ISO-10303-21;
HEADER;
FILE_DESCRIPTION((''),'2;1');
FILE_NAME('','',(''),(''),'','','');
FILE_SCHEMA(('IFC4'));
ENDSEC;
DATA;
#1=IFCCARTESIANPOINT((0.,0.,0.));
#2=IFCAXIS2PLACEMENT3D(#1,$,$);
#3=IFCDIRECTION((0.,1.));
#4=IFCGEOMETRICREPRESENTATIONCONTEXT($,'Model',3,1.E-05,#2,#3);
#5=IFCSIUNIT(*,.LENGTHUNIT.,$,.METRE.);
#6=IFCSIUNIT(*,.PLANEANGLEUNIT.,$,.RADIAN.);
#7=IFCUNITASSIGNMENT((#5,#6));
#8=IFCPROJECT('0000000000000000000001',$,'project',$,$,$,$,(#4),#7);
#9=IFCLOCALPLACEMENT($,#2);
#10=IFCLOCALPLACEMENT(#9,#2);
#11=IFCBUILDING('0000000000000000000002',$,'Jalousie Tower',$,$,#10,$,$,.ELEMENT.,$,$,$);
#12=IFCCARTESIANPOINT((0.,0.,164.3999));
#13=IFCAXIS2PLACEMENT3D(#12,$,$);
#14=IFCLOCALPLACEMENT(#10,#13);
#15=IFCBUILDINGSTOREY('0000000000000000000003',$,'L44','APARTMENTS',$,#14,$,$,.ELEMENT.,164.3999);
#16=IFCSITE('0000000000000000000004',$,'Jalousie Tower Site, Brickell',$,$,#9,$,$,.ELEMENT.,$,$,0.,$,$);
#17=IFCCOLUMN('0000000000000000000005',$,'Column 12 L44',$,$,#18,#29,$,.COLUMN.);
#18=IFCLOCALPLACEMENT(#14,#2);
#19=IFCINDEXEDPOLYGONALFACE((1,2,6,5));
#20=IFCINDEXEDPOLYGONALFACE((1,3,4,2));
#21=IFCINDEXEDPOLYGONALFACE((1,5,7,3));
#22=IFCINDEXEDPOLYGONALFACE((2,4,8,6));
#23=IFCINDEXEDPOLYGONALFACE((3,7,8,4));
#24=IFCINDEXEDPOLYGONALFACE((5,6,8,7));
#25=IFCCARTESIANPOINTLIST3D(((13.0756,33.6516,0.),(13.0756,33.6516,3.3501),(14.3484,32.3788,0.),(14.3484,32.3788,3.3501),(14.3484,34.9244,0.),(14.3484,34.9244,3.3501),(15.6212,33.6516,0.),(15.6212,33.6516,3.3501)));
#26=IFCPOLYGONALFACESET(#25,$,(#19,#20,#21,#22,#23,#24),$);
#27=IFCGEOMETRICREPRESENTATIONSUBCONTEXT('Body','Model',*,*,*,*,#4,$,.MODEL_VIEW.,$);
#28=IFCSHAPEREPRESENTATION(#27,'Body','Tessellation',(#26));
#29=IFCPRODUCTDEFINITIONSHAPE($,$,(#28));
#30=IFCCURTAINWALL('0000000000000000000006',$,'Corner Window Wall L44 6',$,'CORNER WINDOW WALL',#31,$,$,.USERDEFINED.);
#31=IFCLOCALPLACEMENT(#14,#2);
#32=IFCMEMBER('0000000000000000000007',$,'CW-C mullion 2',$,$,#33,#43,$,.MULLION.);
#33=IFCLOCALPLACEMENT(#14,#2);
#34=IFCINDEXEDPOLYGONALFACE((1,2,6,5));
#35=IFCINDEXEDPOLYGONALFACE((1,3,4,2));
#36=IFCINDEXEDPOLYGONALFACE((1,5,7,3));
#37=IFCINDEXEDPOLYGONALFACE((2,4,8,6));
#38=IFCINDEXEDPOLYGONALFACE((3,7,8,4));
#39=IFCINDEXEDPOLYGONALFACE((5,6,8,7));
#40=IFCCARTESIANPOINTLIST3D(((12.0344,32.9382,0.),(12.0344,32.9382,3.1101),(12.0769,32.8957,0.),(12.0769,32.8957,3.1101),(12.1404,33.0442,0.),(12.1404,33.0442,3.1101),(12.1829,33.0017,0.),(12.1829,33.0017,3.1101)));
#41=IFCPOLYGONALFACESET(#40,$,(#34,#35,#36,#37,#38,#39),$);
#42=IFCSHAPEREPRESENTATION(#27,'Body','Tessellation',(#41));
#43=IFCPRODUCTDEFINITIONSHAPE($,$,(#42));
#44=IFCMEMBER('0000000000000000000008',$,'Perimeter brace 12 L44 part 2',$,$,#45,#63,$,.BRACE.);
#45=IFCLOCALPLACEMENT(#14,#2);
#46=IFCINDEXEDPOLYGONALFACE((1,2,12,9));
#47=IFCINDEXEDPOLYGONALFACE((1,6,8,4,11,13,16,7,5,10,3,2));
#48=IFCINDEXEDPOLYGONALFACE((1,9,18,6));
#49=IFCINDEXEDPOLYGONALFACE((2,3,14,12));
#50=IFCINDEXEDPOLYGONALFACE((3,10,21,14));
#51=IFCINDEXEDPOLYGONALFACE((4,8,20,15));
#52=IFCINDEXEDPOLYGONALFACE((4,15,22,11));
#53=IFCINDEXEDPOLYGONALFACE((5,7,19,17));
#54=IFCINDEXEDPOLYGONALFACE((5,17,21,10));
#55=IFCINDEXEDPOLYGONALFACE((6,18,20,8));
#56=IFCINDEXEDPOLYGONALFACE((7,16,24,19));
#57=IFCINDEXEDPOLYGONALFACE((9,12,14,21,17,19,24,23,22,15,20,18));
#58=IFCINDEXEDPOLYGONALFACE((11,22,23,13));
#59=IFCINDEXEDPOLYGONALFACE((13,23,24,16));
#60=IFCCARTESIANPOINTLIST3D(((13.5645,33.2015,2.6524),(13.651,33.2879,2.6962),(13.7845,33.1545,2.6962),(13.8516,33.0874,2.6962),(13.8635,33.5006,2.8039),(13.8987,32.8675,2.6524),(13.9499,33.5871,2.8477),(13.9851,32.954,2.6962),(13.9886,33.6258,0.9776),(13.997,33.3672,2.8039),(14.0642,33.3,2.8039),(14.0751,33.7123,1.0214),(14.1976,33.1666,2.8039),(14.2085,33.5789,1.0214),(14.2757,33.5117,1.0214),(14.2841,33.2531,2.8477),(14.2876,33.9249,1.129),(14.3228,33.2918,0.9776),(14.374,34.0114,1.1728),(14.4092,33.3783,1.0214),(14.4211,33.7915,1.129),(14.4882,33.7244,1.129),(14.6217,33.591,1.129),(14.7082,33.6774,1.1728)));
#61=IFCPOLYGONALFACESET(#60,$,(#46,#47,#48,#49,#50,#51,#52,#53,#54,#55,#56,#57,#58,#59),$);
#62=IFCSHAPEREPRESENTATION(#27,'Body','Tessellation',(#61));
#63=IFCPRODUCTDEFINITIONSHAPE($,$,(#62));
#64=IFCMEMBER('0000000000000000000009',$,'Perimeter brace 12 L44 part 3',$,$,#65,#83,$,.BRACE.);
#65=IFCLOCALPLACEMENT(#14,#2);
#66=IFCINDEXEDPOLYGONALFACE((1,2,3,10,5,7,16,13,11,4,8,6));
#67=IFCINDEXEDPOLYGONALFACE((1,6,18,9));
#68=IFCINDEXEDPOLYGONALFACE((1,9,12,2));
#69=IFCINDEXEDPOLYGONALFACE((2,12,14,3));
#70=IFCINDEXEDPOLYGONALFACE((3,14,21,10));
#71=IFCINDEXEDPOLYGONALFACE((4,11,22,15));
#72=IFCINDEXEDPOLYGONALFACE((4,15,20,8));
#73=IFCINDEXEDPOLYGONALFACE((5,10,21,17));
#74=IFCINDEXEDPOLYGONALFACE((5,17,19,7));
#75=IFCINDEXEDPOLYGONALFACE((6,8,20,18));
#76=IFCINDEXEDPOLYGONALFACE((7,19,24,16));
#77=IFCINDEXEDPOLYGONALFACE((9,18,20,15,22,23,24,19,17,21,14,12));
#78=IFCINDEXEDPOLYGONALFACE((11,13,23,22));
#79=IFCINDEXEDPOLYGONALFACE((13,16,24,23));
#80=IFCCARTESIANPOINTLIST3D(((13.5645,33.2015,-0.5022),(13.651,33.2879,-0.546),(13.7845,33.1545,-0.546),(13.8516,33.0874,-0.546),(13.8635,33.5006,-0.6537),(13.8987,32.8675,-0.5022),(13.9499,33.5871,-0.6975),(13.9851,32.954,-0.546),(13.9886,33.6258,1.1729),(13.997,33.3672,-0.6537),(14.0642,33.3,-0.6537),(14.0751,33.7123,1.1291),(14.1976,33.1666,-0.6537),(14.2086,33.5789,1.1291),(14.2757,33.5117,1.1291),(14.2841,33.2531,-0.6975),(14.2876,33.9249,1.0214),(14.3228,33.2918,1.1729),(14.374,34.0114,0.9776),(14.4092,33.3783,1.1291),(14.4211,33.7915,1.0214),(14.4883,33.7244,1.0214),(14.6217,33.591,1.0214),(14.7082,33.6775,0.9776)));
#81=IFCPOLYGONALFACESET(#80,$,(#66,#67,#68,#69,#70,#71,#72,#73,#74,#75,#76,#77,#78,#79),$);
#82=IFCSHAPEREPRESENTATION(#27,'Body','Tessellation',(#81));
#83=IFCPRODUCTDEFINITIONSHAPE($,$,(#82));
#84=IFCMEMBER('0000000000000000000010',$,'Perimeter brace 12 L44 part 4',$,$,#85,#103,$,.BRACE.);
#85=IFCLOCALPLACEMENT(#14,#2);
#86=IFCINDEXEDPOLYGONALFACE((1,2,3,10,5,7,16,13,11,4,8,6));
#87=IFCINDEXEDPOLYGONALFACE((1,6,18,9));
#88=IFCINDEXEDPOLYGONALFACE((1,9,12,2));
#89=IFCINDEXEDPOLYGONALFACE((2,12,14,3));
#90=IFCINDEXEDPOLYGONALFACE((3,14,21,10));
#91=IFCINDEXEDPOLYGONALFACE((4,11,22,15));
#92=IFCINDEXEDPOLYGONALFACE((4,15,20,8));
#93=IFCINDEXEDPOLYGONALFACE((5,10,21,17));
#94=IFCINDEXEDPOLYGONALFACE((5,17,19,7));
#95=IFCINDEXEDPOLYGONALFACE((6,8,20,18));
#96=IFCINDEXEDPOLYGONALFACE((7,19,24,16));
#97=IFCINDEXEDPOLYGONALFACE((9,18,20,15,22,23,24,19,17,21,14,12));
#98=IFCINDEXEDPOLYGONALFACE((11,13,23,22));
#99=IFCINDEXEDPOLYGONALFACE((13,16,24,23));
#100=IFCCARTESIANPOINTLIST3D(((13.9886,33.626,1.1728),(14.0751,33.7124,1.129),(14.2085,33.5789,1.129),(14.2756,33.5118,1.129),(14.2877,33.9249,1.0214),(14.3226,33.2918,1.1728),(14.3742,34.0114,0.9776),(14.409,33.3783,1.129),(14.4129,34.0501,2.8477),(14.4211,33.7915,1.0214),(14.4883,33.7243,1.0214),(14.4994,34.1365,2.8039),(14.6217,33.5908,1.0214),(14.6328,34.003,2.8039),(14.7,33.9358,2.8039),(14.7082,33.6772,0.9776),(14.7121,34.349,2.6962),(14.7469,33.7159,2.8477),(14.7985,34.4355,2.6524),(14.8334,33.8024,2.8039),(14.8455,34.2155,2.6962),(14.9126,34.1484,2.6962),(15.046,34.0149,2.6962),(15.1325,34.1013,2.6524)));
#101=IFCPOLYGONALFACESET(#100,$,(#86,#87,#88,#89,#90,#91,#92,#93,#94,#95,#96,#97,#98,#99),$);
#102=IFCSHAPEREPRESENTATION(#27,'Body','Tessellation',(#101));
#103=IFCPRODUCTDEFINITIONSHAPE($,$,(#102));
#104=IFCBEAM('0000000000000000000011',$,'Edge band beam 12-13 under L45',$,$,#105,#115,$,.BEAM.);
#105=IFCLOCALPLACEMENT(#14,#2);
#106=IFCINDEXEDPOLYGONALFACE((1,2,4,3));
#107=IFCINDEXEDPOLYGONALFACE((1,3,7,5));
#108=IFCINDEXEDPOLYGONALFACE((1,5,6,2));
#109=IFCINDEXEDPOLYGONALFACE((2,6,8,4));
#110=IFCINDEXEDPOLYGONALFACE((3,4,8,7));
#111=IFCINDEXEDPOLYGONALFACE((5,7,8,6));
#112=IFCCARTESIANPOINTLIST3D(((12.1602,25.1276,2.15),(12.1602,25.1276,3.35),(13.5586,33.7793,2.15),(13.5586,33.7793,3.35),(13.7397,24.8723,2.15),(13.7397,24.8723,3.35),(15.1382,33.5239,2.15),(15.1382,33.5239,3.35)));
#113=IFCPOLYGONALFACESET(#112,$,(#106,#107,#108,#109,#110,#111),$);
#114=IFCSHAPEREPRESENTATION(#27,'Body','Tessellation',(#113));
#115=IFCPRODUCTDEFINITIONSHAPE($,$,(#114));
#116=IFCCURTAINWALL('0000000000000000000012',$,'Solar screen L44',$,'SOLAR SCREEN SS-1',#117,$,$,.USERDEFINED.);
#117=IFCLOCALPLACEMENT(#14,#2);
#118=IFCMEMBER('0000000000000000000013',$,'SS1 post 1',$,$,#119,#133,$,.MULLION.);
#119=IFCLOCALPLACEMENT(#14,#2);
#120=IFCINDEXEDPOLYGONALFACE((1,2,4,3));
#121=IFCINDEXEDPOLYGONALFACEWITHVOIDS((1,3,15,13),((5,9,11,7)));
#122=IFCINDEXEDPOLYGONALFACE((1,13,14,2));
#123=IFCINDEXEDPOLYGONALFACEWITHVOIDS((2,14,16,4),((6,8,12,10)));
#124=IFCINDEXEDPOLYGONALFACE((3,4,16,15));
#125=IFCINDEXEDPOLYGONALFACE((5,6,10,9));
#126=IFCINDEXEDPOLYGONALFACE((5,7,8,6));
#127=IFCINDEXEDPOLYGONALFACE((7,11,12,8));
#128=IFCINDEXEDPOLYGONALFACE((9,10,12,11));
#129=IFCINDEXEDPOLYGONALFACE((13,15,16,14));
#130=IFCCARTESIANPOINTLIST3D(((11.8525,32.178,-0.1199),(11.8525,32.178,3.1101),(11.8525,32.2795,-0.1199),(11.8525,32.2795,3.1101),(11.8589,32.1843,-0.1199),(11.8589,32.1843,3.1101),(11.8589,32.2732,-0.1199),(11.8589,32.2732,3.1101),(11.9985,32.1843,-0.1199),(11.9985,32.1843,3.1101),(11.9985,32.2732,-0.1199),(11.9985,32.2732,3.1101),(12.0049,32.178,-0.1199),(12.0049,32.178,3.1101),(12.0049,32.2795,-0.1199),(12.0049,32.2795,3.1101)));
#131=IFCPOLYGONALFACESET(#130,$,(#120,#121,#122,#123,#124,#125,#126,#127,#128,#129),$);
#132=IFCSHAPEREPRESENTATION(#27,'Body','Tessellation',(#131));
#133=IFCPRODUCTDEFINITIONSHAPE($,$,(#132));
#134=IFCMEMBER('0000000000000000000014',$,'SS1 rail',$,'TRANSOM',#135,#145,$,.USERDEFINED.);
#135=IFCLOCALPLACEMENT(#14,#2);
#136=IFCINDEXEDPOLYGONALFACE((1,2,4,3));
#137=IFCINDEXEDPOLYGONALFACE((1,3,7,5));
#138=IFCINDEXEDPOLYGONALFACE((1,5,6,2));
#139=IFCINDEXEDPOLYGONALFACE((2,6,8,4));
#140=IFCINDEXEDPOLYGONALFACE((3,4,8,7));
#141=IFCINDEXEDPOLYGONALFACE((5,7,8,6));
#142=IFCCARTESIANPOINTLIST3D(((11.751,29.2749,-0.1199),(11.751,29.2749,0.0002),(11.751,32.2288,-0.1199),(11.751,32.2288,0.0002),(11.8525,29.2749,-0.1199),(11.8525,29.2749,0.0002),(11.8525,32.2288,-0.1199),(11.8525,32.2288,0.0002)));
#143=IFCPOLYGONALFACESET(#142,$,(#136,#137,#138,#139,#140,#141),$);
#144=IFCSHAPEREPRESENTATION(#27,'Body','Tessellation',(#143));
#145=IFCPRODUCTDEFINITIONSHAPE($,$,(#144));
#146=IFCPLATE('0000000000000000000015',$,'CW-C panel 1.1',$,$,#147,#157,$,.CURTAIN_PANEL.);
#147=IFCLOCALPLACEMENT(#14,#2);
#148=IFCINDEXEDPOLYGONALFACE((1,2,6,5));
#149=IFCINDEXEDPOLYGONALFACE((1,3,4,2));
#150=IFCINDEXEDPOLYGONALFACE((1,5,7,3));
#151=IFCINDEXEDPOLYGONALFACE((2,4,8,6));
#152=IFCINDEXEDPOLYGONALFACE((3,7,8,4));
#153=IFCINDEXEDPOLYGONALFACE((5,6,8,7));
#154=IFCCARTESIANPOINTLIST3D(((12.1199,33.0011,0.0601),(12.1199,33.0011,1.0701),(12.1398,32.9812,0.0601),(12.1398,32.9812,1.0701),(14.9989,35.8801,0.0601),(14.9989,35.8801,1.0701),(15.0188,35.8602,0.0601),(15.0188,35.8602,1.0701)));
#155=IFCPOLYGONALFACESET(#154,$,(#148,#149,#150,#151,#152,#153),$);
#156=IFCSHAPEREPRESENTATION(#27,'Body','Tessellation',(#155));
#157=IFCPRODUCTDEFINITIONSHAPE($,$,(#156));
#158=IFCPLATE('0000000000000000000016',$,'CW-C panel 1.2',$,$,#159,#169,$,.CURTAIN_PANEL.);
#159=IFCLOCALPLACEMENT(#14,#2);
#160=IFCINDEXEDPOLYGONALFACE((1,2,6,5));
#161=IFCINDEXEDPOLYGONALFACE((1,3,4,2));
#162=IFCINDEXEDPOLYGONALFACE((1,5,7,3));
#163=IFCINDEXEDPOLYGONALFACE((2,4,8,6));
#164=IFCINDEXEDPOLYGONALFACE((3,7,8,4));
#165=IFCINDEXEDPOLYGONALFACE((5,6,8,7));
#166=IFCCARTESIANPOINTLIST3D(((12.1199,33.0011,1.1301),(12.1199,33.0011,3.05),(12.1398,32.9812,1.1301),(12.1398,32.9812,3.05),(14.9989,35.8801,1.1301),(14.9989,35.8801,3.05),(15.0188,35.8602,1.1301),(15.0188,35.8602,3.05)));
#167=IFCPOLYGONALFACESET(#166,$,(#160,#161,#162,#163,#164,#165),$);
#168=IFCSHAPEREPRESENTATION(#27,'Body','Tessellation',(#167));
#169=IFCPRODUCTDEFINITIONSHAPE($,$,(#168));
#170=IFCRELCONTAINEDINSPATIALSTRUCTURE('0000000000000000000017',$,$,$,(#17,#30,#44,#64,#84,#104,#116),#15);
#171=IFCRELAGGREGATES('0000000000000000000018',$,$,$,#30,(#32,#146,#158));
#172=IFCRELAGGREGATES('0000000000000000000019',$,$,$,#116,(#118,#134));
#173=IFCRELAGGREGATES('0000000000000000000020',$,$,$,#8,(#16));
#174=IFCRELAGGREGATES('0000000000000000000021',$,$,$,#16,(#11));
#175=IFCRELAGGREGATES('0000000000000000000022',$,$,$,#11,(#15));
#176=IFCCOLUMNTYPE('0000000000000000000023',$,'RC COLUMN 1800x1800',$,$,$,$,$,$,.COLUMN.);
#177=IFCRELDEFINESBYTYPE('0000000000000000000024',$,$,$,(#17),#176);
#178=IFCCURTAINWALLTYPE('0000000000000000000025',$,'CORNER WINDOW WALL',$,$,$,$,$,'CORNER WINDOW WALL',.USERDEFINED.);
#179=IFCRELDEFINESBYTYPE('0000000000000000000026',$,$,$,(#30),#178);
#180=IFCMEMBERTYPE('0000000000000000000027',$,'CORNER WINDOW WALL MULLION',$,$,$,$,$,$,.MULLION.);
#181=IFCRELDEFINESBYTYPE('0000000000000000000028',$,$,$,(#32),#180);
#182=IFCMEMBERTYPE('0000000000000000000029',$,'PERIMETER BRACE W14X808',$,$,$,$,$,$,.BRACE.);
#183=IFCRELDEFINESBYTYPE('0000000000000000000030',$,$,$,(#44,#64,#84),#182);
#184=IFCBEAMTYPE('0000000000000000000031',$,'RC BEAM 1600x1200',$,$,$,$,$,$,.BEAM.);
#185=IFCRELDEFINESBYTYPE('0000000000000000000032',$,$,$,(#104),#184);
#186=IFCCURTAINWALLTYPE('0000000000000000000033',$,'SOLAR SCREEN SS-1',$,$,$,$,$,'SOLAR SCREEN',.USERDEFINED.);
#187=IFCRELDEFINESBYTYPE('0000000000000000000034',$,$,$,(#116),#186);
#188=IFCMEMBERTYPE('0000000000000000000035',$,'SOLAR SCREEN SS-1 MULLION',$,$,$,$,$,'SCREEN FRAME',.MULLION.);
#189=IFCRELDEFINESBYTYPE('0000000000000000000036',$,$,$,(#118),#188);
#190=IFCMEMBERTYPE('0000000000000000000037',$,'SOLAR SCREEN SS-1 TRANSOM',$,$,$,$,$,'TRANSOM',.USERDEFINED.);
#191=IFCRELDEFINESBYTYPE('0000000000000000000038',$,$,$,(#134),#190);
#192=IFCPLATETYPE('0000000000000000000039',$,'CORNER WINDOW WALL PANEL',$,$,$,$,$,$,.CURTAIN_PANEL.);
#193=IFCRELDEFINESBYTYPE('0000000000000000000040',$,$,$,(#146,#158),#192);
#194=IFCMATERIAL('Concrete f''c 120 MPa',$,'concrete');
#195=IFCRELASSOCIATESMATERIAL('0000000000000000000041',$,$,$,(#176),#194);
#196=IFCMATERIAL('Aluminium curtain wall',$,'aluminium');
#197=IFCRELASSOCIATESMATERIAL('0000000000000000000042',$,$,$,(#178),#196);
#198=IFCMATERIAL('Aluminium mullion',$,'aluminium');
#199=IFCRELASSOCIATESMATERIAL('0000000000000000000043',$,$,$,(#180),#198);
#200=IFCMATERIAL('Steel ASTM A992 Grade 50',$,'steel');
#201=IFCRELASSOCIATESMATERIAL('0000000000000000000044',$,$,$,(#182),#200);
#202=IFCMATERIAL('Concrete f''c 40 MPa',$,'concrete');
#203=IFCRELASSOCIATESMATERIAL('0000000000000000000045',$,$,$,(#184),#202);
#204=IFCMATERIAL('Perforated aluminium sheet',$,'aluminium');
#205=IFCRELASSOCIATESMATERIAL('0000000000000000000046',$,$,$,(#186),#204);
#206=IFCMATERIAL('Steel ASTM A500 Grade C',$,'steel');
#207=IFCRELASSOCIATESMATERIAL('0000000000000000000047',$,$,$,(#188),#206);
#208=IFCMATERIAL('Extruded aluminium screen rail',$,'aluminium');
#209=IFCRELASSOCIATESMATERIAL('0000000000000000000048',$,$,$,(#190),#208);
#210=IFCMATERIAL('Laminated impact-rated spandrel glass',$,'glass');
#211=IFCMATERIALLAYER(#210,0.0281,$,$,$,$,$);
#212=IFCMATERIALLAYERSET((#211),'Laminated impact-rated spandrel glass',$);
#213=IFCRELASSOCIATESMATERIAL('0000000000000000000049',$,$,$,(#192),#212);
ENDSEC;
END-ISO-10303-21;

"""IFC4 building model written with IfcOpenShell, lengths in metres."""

from ifc_helpers import new_model, si_unit, direction, frame, origin, origin_2d, place, context, subcontext, project, spatial, rectangle, hollow_rectangle, i_section, extrude, material, layer, layer_set, material_profile, profile_set, type_object, element, aggregate, save


model = new_model("IFC4")

# Units and contexts
model_context = context("Model", 3, precision=1e-05, world=origin(), true_north=direction((0.0, 1.0)))
body_context = subcontext(model_context, "Body", "Model", "MODEL_VIEW")
ifc_project = project(units=[si_unit("LENGTHUNIT", "METRE"), si_unit("PLANEANGLEUNIT", "RADIAN")], contexts=[model_context])

# Site, building, storey
site_placement = place(None, origin())
site = spatial("IfcSite", under=ifc_project, at=site_placement, Name="Jalousie Tower Site, Brickell", CompositionType="ELEMENT", RefElevation=0.0)
building_placement = place(site_placement, origin())
building = spatial("IfcBuilding", under=site, at=building_placement, Name="Jalousie Tower", CompositionType="ELEMENT")
storey_placement = place(building_placement, frame((0.0, 0.0, 164.3999)))
storey = spatial("IfcBuildingStorey", under=building, at=storey_placement, Name="L44", Description="APARTMENTS", CompositionType="ELEMENT", Elevation=164.3999)

# Column
ifc_material_1 = material(Name="Concrete f'c 120 MPa", Category="concrete")
ifc_material_profile_1 = material_profile(ifc_material_1, rectangle(XDim=1.8, YDim=1.8, at=origin_2d()), Name="RC 1800x1800")
ifc_profile_set_1 = profile_set([ifc_material_profile_1], Name="Concrete f'c 120 MPa")
column_type = type_object("IfcColumnType", Name="RC COLUMN 1800x1800", PredefinedType="COLUMN", material=ifc_profile_set_1)
column_placement = place(storey_placement, frame((14.3484, 33.6516, 0.0), z_axis=(0.0, 0.0, 1.0), x_axis=(0.707107, 0.707107, 0.0)))
element("IfcColumn", 1, at=column_placement, inside=storey, type_object=column_type, Name="Column 12 L44", PredefinedType="COLUMN", context=body_context, shape_type="SweptSolid", body=[
    extrude(rectangle(XDim=1.8, YDim=1.8, at=origin_2d()), origin(), (0.0, 0.0, 1.0), 3.3501),
])

# Curtain wall, member
ifc_material_2 = material(Name="Aluminium curtain wall", Category="aluminium")
curtain_wall_type_1 = type_object("IfcCurtainWallType", Name="CORNER WINDOW WALL", ElementType="CORNER WINDOW WALL", PredefinedType="USERDEFINED", material=ifc_material_2)
curtain_wall_1_placement = place(storey_placement, origin())
curtain_wall_1 = element("IfcCurtainWall", 2, at=curtain_wall_1_placement, inside=storey, type_object=curtain_wall_type_1, Name="Corner Window Wall L44 6", ObjectType="CORNER WINDOW WALL", PredefinedType="USERDEFINED")
ifc_material_3 = material(Name="Aluminium mullion", Category="aluminium")
ifc_material_profile_2 = material_profile(ifc_material_3, rectangle(XDim=0.0601, YDim=0.1499, at=origin_2d()), Name="MULLION 60x150")
ifc_profile_set_2 = profile_set([ifc_material_profile_2], Name="Aluminium mullion")
member_type_1 = type_object("IfcMemberType", Name="CORNER WINDOW WALL MULLION", PredefinedType="MULLION", material=ifc_profile_set_2)
member_1_placement = place(storey_placement, frame((12.1086, 32.97, 0.0), z_axis=(0.0, 0.0, 1.0), x_axis=(0.707107, -0.707107, 0.0)))
member_1 = element("IfcMember", 3, at=member_1_placement, type_object=member_type_1, Name="CW-C mullion 2", PredefinedType="MULLION", context=body_context, shape_type="SweptSolid", body=[
    extrude(rectangle(XDim=0.0601, YDim=0.1499, at=origin_2d()), origin(), (0.0, 0.0, 1.0), 3.1101),
])

# Members
ifc_material_4 = material(Name="Steel ASTM A992 Grade 50", Category="steel")
ifc_material_profile_3 = material_profile(ifc_material_4, i_section(OverallWidth=0.4724, OverallDepth=0.5791, WebThickness=0.095, FlangeThickness=0.1299, at=origin_2d()), Name="W14X808")
ifc_profile_set_3 = profile_set([ifc_material_profile_3], Name="Steel ASTM A992 Grade 50")
member_type_2 = type_object("IfcMemberType", Name="PERIMETER BRACE W14X808", PredefinedType="BRACE", material=ifc_profile_set_3)
member_2_placement = place(storey_placement, frame((14.3484, 33.6516, 1.0752), z_axis=(-0.238376, -0.238514, 0.941429), x_axis=(0.70731, -0.706903, 0.0)))
element("IfcMember", 4, at=member_2_placement, inside=storey, type_object=member_type_2, Name="Perimeter brace 12 L44 part 2", PredefinedType="BRACE", context=body_context, shape_type="SweptSolid", body=[
    extrude(i_section(OverallWidth=0.4724, OverallDepth=0.5791, WebThickness=0.095, FlangeThickness=0.1299, at=origin_2d()), origin(), (0.0, 0.0, 1.0), 1.7791),
])
member_3_placement = place(storey_placement, frame((13.9243, 33.2273, -0.5999), z_axis=(0.238346, 0.238483, 0.941444), x_axis=(-0.70731, 0.706903, 0.0)))
element("IfcMember", 5, at=member_3_placement, inside=storey, type_object=member_type_2, Name="Perimeter brace 12 L44 part 3", PredefinedType="BRACE", context=body_context, shape_type="SweptSolid", body=[
    extrude(i_section(OverallWidth=0.4724, OverallDepth=0.5791, WebThickness=0.095, FlangeThickness=0.1299, at=origin_2d()), origin(), (0.0, 0.0, 1.0), 1.7793),
])
member_4_placement = place(storey_placement, frame((14.3484, 33.6516, 1.0752), z_axis=(0.238514, 0.238376, 0.941429), x_axis=(-0.706903, 0.70731, 0.0)))
element("IfcMember", 6, at=member_4_placement, inside=storey, type_object=member_type_2, Name="Perimeter brace 12 L44 part 4", PredefinedType="BRACE", context=body_context, shape_type="SweptSolid", body=[
    extrude(i_section(OverallWidth=0.4724, OverallDepth=0.5791, WebThickness=0.095, FlangeThickness=0.1299, at=origin_2d()), origin(), (0.0, 0.0, 1.0), 1.7791),
])

# Beam
ifc_material_5 = material(Name="Concrete f'c 40 MPa", Category="concrete")
ifc_material_profile_4 = material_profile(ifc_material_5, rectangle(XDim=1.6001, YDim=1.2, at=origin_2d()), Name="RC 1600x1200")
ifc_profile_set_4 = profile_set([ifc_material_profile_4], Name="Concrete f'c 40 MPa")
beam_type = type_object("IfcBeamType", Name="RC BEAM 1600x1200", PredefinedType="BEAM", material=ifc_profile_set_4)
beam_placement = place(storey_placement, frame((14.3484, 33.6516, 2.75), z_axis=(-0.159568, -0.987187, 0.0), x_axis=(0.987187, -0.159568, 0.0)))
element("IfcBeam", 7, at=beam_placement, inside=storey, type_object=beam_type, Name="Edge band beam 12-13 under L45", PredefinedType="BEAM", context=body_context, shape_type="SweptSolid", body=[
    extrude(rectangle(XDim=1.6001, YDim=1.2, at=origin_2d()), origin(), (0.0, 0.0, 1.0), 8.7639),
])

# Curtain wall, members
ifc_material_6 = material(Name="Perforated aluminium sheet", Category="aluminium")
curtain_wall_type_2 = type_object("IfcCurtainWallType", Name="SOLAR SCREEN SS-1", ElementType="SOLAR SCREEN", PredefinedType="USERDEFINED", material=ifc_material_6)
curtain_wall_2_placement = place(storey_placement, origin())
curtain_wall_2 = element("IfcCurtainWall", 8, at=curtain_wall_2_placement, inside=storey, type_object=curtain_wall_type_2, Name="Solar screen L44", ObjectType="SOLAR SCREEN SS-1", PredefinedType="USERDEFINED")
ifc_material_7 = material(Name="Steel ASTM A500 Grade C", Category="steel")
ifc_material_profile_5 = material_profile(ifc_material_7, hollow_rectangle(XDim=0.1016, YDim=0.1523, WallThickness=0.0063, at=origin_2d()), Name="HSS6X4X1/4")
ifc_profile_set_5 = profile_set([ifc_material_profile_5], Name="Steel ASTM A500 Grade C")
member_type_3 = type_object("IfcMemberType", Name="SOLAR SCREEN SS-1 MULLION", ElementType="SCREEN FRAME", PredefinedType="MULLION", material=ifc_profile_set_5)
member_5_placement = place(storey_placement, frame((11.9287, 32.2288, -0.1199), z_axis=(0.0, 0.0, 1.0), x_axis=(0.0, -1.0, 0.0)))
member_5 = element("IfcMember", 9, at=member_5_placement, type_object=member_type_3, Name="SS1 post 1", PredefinedType="MULLION", context=body_context, shape_type="SweptSolid", body=[
    extrude(hollow_rectangle(XDim=0.1016, YDim=0.1523, WallThickness=0.0063, at=origin_2d()), origin(), (0.0, 0.0, 1.0), 3.23),
])
ifc_material_8 = material(Name="Extruded aluminium screen rail", Category="aluminium")
ifc_material_profile_6 = material_profile(ifc_material_8, rectangle(XDim=0.1016, YDim=0.1201, at=origin_2d()), Name="RAIL 102x120")
ifc_profile_set_6 = profile_set([ifc_material_profile_6], Name="Extruded aluminium screen rail")
member_type_4 = type_object("IfcMemberType", Name="SOLAR SCREEN SS-1 TRANSOM", ElementType="TRANSOM", PredefinedType="USERDEFINED", material=ifc_profile_set_6)
member_6_placement = place(storey_placement, frame((11.8018, 32.2288, -0.0598), z_axis=(0.0, -1.0, 0.0), x_axis=(1.0, 0.0, 0.0)))
member_6 = element("IfcMember", 10, at=member_6_placement, type_object=member_type_4, Name="SS1 rail", ObjectType="TRANSOM", PredefinedType="USERDEFINED", context=body_context, shape_type="SweptSolid", body=[
    extrude(rectangle(XDim=0.1016, YDim=0.1201, at=origin_2d()), origin(), (0.0, 0.0, 1.0), 2.9539),
])

# Plates
ifc_material_9 = material(Name="Laminated impact-rated spandrel glass", Category="glass")
ifc_layer_1 = layer(ifc_material_9, 0.0281)
ifc_layer_set_1 = layer_set([ifc_layer_1], Name="Laminated impact-rated spandrel glass")
plate_type_1 = type_object("IfcPlateType", Name="CORNER WINDOW WALL PANEL", PredefinedType="CURTAIN_PANEL", material=ifc_layer_set_1)
plate_1_placement = place(storey_placement, frame((13.5693, 34.4307, 0.0601), z_axis=(0.0, 0.0, 1.0), x_axis=(-0.707107, -0.707107, 0.0)))
plate_1 = element("IfcPlate", 11, at=plate_1_placement, type_object=plate_type_1, Name="CW-C panel 1.1", PredefinedType="CURTAIN_PANEL", context=body_context, shape_type="SweptSolid", body=[
    extrude(rectangle(XDim=4.0715, YDim=0.0281, at=origin_2d()), origin(), (0.0, 0.0, 1.0), 1.01),
])
plate_2_placement = place(storey_placement, frame((13.5693, 34.4307, 1.1301), z_axis=(0.0, 0.0, 1.0), x_axis=(-0.707107, -0.707107, 0.0)))
plate_2 = element("IfcPlate", 12, at=plate_2_placement, type_object=plate_type_1, Name="CW-C panel 1.2", PredefinedType="CURTAIN_PANEL", context=body_context, shape_type="SweptSolid", body=[
    extrude(rectangle(XDim=4.0715, YDim=0.0281, at=origin_2d()), origin(), (0.0, 0.0, 1.0), 1.9199),
])
aggregate(curtain_wall_1, [member_1, plate_1, plate_2])
aggregate(curtain_wall_2, [member_5, member_6])

save(model, "model.ifc")
